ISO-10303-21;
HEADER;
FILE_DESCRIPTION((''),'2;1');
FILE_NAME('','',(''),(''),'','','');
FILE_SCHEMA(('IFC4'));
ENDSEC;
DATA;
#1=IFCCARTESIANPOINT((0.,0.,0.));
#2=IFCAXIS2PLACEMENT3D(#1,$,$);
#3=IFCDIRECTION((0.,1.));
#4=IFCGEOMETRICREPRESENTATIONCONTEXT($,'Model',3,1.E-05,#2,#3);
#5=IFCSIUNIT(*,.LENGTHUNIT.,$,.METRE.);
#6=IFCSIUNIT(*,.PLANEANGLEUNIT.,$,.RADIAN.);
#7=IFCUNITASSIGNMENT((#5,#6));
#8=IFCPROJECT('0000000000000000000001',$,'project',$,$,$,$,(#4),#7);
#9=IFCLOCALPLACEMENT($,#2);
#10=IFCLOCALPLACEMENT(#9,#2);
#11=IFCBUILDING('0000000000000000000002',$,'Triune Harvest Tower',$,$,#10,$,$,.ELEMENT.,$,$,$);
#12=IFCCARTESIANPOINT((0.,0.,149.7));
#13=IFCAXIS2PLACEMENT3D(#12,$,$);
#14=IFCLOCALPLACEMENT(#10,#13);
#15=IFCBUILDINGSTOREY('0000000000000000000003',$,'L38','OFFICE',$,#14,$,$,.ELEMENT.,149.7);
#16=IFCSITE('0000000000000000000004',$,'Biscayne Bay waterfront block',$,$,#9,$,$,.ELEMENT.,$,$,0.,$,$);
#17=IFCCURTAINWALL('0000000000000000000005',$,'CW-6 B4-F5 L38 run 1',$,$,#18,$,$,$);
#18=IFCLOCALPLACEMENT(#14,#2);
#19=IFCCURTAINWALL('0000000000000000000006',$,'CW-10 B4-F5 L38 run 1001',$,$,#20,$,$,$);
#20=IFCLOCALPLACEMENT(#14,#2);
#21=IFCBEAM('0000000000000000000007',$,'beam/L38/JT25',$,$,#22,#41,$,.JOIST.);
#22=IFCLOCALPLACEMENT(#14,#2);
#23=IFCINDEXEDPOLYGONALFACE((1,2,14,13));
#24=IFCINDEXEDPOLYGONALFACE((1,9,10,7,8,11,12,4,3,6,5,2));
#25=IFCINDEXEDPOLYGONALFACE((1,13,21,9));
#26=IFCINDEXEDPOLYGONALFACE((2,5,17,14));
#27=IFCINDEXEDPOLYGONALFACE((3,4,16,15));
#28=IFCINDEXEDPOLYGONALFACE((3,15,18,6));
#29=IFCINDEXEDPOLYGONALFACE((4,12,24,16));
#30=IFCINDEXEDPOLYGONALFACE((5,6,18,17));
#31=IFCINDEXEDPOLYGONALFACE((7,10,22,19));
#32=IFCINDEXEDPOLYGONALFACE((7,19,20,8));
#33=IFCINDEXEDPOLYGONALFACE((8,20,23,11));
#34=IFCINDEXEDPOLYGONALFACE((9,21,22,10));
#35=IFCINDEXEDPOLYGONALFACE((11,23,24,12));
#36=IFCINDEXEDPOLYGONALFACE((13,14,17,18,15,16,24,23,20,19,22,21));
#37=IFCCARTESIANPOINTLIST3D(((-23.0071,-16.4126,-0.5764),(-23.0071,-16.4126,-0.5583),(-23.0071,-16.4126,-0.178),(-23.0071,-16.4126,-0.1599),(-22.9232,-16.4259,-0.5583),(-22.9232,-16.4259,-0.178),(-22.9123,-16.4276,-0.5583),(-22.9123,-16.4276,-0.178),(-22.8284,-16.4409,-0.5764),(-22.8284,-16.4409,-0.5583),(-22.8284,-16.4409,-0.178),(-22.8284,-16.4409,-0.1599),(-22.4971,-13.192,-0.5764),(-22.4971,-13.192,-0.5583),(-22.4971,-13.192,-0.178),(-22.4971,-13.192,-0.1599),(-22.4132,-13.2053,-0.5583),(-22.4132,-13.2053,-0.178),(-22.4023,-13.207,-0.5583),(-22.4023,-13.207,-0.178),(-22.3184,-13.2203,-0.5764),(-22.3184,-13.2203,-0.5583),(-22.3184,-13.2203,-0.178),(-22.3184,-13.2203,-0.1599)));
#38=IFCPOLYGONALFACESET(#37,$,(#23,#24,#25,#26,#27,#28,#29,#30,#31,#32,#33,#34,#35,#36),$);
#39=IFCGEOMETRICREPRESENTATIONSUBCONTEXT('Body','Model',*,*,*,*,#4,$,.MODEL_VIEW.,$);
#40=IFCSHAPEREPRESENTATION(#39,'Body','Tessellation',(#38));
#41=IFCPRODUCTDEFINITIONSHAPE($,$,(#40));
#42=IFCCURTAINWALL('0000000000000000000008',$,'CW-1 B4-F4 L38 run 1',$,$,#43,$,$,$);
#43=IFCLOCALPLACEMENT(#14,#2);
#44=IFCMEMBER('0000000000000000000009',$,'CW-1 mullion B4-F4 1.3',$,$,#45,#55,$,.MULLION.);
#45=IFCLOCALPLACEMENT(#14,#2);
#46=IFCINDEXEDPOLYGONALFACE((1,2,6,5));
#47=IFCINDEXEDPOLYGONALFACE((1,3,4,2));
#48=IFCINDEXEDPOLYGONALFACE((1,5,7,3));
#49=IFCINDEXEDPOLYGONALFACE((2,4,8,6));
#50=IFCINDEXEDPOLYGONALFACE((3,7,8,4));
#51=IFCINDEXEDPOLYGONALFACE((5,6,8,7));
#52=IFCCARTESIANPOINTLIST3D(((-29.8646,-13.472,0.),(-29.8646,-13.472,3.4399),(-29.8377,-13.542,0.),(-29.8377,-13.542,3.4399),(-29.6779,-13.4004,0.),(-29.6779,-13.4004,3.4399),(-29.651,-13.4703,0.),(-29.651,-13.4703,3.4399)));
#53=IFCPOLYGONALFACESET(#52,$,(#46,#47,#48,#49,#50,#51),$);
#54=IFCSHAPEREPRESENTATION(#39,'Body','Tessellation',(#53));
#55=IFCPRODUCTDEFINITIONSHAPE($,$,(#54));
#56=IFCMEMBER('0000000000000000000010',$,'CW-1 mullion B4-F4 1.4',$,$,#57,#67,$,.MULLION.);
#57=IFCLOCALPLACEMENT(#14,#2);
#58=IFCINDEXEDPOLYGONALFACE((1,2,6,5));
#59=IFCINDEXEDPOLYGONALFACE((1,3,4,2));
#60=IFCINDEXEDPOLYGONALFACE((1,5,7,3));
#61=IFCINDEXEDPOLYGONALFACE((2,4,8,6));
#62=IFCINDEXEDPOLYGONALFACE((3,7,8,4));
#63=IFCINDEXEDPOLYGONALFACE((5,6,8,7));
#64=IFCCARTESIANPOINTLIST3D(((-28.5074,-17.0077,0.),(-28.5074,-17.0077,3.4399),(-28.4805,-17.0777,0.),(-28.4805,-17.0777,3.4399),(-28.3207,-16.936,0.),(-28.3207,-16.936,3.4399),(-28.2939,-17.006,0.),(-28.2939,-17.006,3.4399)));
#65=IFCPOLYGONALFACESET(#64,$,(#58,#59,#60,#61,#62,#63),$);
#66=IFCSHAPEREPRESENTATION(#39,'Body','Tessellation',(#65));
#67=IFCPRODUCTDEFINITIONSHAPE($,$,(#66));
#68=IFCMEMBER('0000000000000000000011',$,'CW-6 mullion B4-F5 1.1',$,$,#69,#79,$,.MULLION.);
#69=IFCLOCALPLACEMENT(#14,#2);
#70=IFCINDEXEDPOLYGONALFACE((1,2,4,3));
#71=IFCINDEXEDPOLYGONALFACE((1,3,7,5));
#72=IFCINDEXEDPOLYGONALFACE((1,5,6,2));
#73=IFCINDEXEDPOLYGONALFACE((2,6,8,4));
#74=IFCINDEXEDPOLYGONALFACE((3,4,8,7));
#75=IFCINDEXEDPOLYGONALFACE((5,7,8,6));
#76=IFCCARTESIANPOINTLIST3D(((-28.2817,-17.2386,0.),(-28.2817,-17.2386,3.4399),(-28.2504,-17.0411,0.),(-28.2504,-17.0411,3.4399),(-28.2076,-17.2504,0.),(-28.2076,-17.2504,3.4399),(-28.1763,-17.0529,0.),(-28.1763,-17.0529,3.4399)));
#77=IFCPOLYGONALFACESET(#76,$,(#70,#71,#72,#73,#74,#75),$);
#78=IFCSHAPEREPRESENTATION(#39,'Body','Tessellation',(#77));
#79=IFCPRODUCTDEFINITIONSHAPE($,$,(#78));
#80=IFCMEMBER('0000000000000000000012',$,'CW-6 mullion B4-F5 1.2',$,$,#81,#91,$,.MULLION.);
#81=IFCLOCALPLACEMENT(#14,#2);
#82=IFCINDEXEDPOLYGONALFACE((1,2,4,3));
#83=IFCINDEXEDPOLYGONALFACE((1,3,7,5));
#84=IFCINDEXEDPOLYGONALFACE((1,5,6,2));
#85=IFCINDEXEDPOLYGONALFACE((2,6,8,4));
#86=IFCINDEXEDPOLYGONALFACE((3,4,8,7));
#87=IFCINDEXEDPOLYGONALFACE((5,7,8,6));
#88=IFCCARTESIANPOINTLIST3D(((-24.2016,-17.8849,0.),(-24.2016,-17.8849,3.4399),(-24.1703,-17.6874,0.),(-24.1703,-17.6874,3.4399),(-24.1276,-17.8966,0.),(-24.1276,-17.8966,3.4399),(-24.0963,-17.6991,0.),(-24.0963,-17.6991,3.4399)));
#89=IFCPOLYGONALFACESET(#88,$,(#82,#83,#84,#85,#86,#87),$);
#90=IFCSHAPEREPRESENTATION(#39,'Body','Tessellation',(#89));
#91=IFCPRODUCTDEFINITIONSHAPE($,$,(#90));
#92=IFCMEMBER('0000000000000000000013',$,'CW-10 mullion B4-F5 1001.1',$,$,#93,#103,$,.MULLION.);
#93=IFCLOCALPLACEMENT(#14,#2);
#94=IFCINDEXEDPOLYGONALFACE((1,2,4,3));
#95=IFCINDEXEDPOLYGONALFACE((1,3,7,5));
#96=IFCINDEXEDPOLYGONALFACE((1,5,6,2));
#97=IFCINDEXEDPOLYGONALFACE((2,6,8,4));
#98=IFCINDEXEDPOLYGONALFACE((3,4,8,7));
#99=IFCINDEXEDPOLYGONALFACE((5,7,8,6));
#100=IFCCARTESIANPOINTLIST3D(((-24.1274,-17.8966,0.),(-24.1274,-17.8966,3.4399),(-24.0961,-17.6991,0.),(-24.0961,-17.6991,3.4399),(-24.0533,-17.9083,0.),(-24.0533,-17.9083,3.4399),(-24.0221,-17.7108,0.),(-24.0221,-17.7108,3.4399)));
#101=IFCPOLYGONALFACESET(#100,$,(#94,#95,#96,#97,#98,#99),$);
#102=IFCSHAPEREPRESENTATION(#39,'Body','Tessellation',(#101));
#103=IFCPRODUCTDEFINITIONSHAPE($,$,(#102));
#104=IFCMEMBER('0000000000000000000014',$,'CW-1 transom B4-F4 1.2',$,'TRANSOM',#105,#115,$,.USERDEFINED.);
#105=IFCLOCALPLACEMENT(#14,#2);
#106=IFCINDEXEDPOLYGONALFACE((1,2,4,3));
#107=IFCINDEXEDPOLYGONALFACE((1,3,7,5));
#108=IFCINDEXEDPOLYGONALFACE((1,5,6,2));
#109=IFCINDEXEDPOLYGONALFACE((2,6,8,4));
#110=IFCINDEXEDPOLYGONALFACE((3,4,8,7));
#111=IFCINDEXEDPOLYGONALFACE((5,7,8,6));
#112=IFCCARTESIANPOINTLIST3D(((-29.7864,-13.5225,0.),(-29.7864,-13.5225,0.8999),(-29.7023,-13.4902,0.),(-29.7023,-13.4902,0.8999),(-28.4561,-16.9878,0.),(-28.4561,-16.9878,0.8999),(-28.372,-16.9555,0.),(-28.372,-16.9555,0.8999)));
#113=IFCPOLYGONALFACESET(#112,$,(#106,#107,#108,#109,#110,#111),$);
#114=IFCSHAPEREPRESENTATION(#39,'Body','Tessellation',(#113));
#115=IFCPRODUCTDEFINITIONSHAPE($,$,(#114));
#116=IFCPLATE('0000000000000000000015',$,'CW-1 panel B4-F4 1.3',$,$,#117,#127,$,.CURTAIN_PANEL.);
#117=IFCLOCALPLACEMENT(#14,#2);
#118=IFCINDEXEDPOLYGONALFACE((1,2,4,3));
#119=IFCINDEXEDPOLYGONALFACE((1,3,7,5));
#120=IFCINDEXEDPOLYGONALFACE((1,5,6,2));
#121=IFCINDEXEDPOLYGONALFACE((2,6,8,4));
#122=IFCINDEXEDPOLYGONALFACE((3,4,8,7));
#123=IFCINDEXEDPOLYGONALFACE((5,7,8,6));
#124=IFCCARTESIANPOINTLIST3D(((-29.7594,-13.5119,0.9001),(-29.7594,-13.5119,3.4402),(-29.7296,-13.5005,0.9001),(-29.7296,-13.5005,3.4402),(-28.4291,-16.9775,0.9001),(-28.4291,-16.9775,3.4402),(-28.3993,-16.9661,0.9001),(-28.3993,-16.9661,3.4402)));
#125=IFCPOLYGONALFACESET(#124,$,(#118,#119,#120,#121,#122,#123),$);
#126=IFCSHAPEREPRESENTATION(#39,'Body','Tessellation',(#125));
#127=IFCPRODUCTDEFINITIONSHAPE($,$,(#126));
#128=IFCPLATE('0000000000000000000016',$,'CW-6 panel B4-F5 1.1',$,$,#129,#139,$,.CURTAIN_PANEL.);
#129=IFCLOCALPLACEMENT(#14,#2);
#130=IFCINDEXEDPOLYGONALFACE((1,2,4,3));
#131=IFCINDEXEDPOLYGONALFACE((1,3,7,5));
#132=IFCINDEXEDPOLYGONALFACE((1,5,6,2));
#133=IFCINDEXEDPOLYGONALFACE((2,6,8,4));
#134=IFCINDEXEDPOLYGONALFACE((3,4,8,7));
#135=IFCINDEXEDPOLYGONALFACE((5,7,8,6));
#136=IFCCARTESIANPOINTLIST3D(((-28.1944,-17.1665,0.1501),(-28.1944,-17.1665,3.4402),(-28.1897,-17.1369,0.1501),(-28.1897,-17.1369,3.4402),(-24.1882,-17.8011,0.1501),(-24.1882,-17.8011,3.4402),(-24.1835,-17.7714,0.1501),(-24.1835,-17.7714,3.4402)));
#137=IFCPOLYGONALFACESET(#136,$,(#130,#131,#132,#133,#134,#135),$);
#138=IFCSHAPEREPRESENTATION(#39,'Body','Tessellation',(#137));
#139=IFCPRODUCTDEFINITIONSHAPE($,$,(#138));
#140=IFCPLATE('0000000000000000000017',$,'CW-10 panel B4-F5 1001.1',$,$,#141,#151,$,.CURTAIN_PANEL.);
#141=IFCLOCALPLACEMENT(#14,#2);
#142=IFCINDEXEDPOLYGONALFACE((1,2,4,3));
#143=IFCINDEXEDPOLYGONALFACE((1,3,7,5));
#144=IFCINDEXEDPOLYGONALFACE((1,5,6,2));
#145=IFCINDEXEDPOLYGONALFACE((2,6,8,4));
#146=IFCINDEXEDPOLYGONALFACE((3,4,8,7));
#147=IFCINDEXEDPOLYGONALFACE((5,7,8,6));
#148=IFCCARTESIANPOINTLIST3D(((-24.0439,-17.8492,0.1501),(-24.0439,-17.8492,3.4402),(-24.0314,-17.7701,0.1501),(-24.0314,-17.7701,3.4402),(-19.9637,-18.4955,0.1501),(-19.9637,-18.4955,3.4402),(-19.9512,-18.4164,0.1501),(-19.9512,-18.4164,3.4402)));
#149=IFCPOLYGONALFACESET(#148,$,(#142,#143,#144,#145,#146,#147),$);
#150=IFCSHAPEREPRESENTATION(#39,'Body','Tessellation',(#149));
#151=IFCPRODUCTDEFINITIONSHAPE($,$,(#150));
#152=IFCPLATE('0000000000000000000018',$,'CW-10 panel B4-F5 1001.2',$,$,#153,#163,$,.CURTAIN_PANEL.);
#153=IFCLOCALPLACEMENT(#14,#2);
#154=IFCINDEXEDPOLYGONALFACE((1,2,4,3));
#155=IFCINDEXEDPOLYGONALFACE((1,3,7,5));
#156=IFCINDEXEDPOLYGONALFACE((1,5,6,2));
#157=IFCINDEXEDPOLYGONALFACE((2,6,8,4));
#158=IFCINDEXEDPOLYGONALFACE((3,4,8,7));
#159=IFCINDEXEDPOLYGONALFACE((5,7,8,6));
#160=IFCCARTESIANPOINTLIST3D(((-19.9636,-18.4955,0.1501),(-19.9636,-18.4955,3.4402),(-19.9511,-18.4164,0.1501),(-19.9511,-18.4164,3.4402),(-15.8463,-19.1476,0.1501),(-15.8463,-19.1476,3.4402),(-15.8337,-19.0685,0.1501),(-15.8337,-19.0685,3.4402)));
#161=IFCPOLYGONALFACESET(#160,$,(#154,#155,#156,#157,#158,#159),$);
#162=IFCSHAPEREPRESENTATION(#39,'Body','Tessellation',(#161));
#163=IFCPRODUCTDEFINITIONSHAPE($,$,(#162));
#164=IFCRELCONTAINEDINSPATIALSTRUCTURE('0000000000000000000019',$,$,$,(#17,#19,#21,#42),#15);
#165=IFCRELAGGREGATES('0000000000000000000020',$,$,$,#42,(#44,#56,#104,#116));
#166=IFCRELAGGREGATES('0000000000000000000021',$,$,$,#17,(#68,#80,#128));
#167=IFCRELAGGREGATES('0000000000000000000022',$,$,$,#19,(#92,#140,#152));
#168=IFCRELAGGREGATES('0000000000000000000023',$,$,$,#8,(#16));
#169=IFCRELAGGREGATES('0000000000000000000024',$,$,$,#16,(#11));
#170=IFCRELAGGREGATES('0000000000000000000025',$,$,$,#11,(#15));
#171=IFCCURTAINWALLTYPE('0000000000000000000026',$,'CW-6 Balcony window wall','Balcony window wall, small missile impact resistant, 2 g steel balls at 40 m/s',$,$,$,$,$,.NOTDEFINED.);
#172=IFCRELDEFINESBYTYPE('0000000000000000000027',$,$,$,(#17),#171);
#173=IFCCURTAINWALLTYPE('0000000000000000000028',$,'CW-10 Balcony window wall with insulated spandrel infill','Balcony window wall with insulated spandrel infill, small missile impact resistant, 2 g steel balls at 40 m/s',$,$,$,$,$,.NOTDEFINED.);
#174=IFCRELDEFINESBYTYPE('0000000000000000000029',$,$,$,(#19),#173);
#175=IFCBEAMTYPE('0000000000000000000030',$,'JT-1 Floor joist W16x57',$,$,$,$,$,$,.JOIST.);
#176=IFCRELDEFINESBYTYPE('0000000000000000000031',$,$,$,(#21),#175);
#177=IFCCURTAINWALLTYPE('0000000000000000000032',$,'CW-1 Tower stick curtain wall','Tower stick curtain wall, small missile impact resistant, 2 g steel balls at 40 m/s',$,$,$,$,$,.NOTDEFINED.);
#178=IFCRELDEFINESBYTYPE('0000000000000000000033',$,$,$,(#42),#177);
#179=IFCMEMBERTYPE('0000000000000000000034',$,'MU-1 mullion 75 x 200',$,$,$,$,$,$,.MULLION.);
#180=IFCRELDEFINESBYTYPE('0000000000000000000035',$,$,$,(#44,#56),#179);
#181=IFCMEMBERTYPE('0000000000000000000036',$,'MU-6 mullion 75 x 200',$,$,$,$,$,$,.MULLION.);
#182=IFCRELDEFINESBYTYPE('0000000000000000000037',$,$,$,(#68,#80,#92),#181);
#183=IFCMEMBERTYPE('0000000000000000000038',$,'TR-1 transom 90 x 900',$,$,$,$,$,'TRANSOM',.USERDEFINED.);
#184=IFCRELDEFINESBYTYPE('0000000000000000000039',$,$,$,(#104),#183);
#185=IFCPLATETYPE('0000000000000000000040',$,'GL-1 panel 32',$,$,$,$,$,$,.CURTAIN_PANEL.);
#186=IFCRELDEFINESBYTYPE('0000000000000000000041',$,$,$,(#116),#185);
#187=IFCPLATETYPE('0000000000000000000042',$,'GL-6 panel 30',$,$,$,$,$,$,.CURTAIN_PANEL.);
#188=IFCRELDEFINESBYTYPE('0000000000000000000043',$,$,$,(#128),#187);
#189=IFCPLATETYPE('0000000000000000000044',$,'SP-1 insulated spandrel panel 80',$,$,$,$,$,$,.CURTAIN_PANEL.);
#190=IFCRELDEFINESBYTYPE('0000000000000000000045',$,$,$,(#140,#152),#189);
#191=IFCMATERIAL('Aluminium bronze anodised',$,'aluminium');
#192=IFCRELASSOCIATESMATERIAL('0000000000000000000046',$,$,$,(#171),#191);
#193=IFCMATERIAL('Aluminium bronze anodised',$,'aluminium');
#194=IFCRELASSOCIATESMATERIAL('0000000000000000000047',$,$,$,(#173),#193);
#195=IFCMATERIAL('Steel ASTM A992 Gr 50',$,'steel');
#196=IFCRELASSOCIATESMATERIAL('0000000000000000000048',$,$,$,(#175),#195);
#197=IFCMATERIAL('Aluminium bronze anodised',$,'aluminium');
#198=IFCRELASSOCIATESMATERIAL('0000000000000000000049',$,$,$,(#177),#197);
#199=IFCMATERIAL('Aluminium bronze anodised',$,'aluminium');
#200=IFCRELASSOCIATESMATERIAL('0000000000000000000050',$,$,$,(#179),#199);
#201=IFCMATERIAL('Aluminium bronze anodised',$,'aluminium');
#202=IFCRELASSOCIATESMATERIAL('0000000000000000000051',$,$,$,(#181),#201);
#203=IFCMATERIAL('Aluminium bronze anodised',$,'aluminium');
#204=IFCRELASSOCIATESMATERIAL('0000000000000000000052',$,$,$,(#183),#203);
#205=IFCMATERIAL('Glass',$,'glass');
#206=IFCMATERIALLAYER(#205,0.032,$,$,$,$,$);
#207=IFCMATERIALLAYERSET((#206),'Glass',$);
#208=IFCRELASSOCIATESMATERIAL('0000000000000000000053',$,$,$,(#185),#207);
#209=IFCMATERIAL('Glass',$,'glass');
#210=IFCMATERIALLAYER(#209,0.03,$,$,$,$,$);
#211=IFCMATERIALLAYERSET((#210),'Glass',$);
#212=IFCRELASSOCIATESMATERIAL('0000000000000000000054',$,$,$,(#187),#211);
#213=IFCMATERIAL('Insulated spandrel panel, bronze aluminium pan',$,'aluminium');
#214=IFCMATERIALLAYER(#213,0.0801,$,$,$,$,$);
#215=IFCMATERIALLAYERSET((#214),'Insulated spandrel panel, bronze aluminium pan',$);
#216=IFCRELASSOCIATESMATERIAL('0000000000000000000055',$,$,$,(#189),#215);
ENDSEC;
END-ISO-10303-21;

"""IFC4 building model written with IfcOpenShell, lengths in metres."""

from ifc_helpers import new_model, si_unit, direction, frame, origin, origin_2d, place, context, subcontext, project, spatial, rectangle, i_section, extrude, source, transform, mapped, material, layer, layer_set, material_profile, profile_set, type_object, element, aggregate, save


model = new_model("IFC4")

# Units and contexts
model_context = context("Model", 3, precision=1e-05, world=origin(), true_north=direction((0.0, 1.0)))
body_context = subcontext(model_context, "Body", "Model", "MODEL_VIEW")
ifc_project = project(units=[si_unit("LENGTHUNIT", "METRE"), si_unit("PLANEANGLEUNIT", "RADIAN")], contexts=[model_context])

# Site, building, storey
site_placement = place(None, origin())
site = spatial("IfcSite", under=ifc_project, at=site_placement, Name="Biscayne Bay waterfront block", CompositionType="ELEMENT", RefElevation=0.0)
building_placement = place(site_placement, origin())
building = spatial("IfcBuilding", under=site, at=building_placement, Name="Triune Harvest Tower", CompositionType="ELEMENT")
storey_placement = place(building_placement, frame((0.0, 0.0, 149.7)))
storey = spatial("IfcBuildingStorey", under=building, at=storey_placement, Name="L38", Description="OFFICE", CompositionType="ELEMENT", Elevation=149.7)

# Curtain walls
ifc_material_1 = material(Name="Aluminium bronze anodised", Category="aluminium")
curtain_wall_type_1 = type_object("IfcCurtainWallType", Name="CW-6 Balcony window wall", Description="Balcony window wall, small missile impact resistant, 2 g steel balls at 40 m/s", PredefinedType="NOTDEFINED", material=ifc_material_1)
curtain_wall_1_placement = place(storey_placement, origin())
curtain_wall_1 = element("IfcCurtainWall", 1, at=curtain_wall_1_placement, inside=storey, type_object=curtain_wall_type_1, Name="CW-6 B4-F5 L38 run 1")
ifc_material_2 = material(Name="Aluminium bronze anodised", Category="aluminium")
curtain_wall_type_2 = type_object("IfcCurtainWallType", Name="CW-10 Balcony window wall with insulated spandrel infill", Description="Balcony window wall with insulated spandrel infill, small missile impact resistant, 2 g steel balls at 40 m/s", PredefinedType="NOTDEFINED", material=ifc_material_2)
curtain_wall_2_placement = place(storey_placement, origin())
curtain_wall_2 = element("IfcCurtainWall", 2, at=curtain_wall_2_placement, inside=storey, type_object=curtain_wall_type_2, Name="CW-10 B4-F5 L38 run 1001")

# Beam
ifc_material_3 = material(Name="Steel ASTM A992 Gr 50", Category="steel")
ifc_material_profile_1 = material_profile(ifc_material_3, i_section(OverallWidth=0.1809, OverallDepth=0.4165, WebThickness=0.011, FlangeThickness=0.0181, at=origin_2d()), Name="W16x57")
ifc_profile_set_1 = profile_set([ifc_material_profile_1], Name="Steel ASTM A992 Gr 50")
beam_type_1 = type_object("IfcBeamType", Name="JT-1 Floor joist W16x57", PredefinedType="JOIST", material=ifc_profile_set_1)
shared_shape_1 = source(origin(), body_context, "Body", "SweptSolid", [
    extrude(i_section(OverallWidth=0.1809, OverallDepth=0.4165, WebThickness=0.011, FlangeThickness=0.0181, at=origin_2d()), origin(), (0.0, 0.0, 1.0), 3.2607),
])
beam_1_placement = place(storey_placement, frame((-22.9177, -16.4268, -0.3682), z_axis=(0.156405, 0.987693, 0.0), x_axis=(-0.987693, 0.156405, 0.0)))
element("IfcBeam", 3, at=beam_1_placement, inside=storey, type_object=beam_type_1, Name="beam/L38/JT25", PredefinedType="JOIST", context=body_context, shape_type="MappedRepresentation", body=[
    mapped(shared_shape_1, transform((0.0, 0.0, 0.0), scale=1.0)),
])

# Curtain wall, members
ifc_material_4 = material(Name="Aluminium bronze anodised", Category="aluminium")
curtain_wall_type_3 = type_object("IfcCurtainWallType", Name="CW-1 Tower stick curtain wall", Description="Tower stick curtain wall, small missile impact resistant, 2 g steel balls at 40 m/s", PredefinedType="NOTDEFINED", material=ifc_material_4)
curtain_wall_3_placement = place(storey_placement, origin())
curtain_wall_3 = element("IfcCurtainWall", 4, at=curtain_wall_3_placement, inside=storey, type_object=curtain_wall_type_3, Name="CW-1 B4-F4 L38 run 1")
ifc_material_5 = material(Name="Aluminium bronze anodised", Category="aluminium")
ifc_material_profile_2 = material_profile(ifc_material_5, rectangle(XDim=0.2, YDim=0.075, at=origin_2d()), Name="MU-1 mullion 75 x 200")
ifc_profile_set_2 = profile_set([ifc_material_profile_2], Name="Aluminium bronze anodised")
member_type_1 = type_object("IfcMemberType", Name="MU-1 mullion 75 x 200", PredefinedType="MULLION", material=ifc_profile_set_2)
shared_shape_2 = source(origin(), body_context, "Body", "SweptSolid", [
    extrude(rectangle(XDim=0.2, YDim=0.075, at=origin_2d()), origin(), (0.0, 0.0, 1.0), 3.4399),
])
member_1_placement = place(storey_placement, frame((-29.7578, -13.4712, 0.0), z_axis=(0.0, 0.0, 1.0), x_axis=(0.93358, 0.358369, 0.0)))
member_1 = element("IfcMember", 5, at=member_1_placement, type_object=member_type_1, Name="CW-1 mullion B4-F4 1.3", PredefinedType="MULLION", context=body_context, shape_type="MappedRepresentation", body=[
    mapped(shared_shape_2, transform((0.0, 0.0, 0.0), scale=1.0)),
])
member_2_placement = place(storey_placement, frame((-28.4006, -17.0068, 0.0), z_axis=(0.0, 0.0, 1.0), x_axis=(0.93358, 0.358369, 0.0)))
member_2 = element("IfcMember", 6, at=member_2_placement, type_object=member_type_1, Name="CW-1 mullion B4-F4 1.4", PredefinedType="MULLION", context=body_context, shape_type="MappedRepresentation", body=[
    mapped(shared_shape_2, transform((0.0, 0.0, 0.0), scale=1.0)),
])

# Members
ifc_material_6 = material(Name="Aluminium bronze anodised", Category="aluminium")
ifc_material_profile_3 = material_profile(ifc_material_6, rectangle(XDim=0.2, YDim=0.075, at=origin_2d()), Name="MU-6 mullion 75 x 200")
ifc_profile_set_3 = profile_set([ifc_material_profile_3], Name="Aluminium bronze anodised")
member_type_2 = type_object("IfcMemberType", Name="MU-6 mullion 75 x 200", PredefinedType="MULLION", material=ifc_profile_set_3)
shared_shape_3 = source(origin(), body_context, "Body", "SweptSolid", [
    extrude(rectangle(XDim=0.2, YDim=0.075, at=origin_2d()), origin(), (0.0, 0.0, 1.0), 3.4399),
])
member_3_placement = place(storey_placement, frame((-28.229, -17.1458, 0.0), z_axis=(0.0, 0.0, 1.0), x_axis=(0.156444, 0.987687, 0.0)))
member_3 = element("IfcMember", 7, at=member_3_placement, type_object=member_type_2, Name="CW-6 mullion B4-F5 1.1", PredefinedType="MULLION", context=body_context, shape_type="MappedRepresentation", body=[
    mapped(shared_shape_3, transform((0.0, 0.0, 0.0), scale=1.0)),
])
member_4_placement = place(storey_placement, frame((-24.1489, -17.792, 0.0), z_axis=(0.0, 0.0, 1.0), x_axis=(0.156444, 0.987687, 0.0)))
member_4 = element("IfcMember", 8, at=member_4_placement, type_object=member_type_2, Name="CW-6 mullion B4-F5 1.2", PredefinedType="MULLION", context=body_context, shape_type="MappedRepresentation", body=[
    mapped(shared_shape_3, transform((0.0, 0.0, 0.0), scale=1.0)),
])
member_5_placement = place(storey_placement, frame((-24.0747, -17.8037, 0.0), z_axis=(0.0, 0.0, 1.0), x_axis=(0.156433, 0.987689, 0.0)))
member_5 = element("IfcMember", 9, at=member_5_placement, type_object=member_type_2, Name="CW-10 mullion B4-F5 1001.1", PredefinedType="MULLION", context=body_context, shape_type="MappedRepresentation", body=[
    mapped(shared_shape_3, transform((0.0, 0.0, 0.0), scale=1.0)),
])
ifc_material_7 = material(Name="Aluminium bronze anodised", Category="aluminium")
ifc_material_profile_4 = material_profile(ifc_material_7, rectangle(XDim=0.0901, YDim=0.8999, at=origin_2d()), Name="TR-1 transom 90 x 900")
ifc_profile_set_4 = profile_set([ifc_material_profile_4], Name="Aluminium bronze anodised")
member_type_3 = type_object("IfcMemberType", Name="TR-1 transom 90 x 900", ElementType="TRANSOM", PredefinedType="USERDEFINED", material=ifc_profile_set_4)
shared_shape_4 = source(origin(), body_context, "Body", "SweptSolid", [
    extrude(rectangle(XDim=0.0901, YDim=0.8999, at=origin_2d()), origin(), (0.0, 0.0, 1.0), 3.7119),
])
member_6_placement = place(storey_placement, frame((-29.7444, -13.5063, 0.45), z_axis=(0.358393, -0.933571, 0.0), x_axis=(0.933571, 0.358393, 0.0)))
member_6 = element("IfcMember", 10, at=member_6_placement, type_object=member_type_3, Name="CW-1 transom B4-F4 1.2", ObjectType="TRANSOM", PredefinedType="USERDEFINED", context=body_context, shape_type="MappedRepresentation", body=[
    mapped(shared_shape_4, transform((0.0, 0.0, 0.0), scale=1.0)),
])

# Plates
ifc_material_8 = material(Name="Glass", Category="glass")
ifc_layer_1 = layer(ifc_material_8, 0.032)
ifc_layer_set_1 = layer_set([ifc_layer_1], Name="Glass")
plate_type_1 = type_object("IfcPlateType", Name="GL-1 panel 32", PredefinedType="CURTAIN_PANEL", material=ifc_layer_set_1)
shared_shape_5 = source(origin(), body_context, "Body", "SweptSolid", [
    extrude(rectangle(XDim=3.7122, YDim=0.032, at=origin_2d()), origin(), (0.0, 0.0, 1.0), 2.54),
])
plate_1_placement = place(storey_placement, frame((-29.0793, -15.239, 0.9001), z_axis=(0.0, 0.0, 1.0), x_axis=(0.358369, -0.93358, 0.0)))
plate_1 = element("IfcPlate", 11, at=plate_1_placement, type_object=plate_type_1, Name="CW-1 panel B4-F4 1.3", PredefinedType="CURTAIN_PANEL", context=body_context, shape_type="MappedRepresentation", body=[
    mapped(shared_shape_5, transform((0.0, 0.0, 0.0), scale=1.0)),
])
aggregate(curtain_wall_3, [member_1, member_2, member_6, plate_1])
ifc_material_9 = material(Name="Glass", Category="glass")
ifc_layer_2 = layer(ifc_material_9, 0.03)
ifc_layer_set_2 = layer_set([ifc_layer_2], Name="Glass")
plate_type_2 = type_object("IfcPlateType", Name="GL-6 panel 30", PredefinedType="CURTAIN_PANEL", material=ifc_layer_set_2)
shared_shape_6 = source(origin(), body_context, "Body", "SweptSolid", [
    extrude(rectangle(XDim=4.0562, YDim=0.03, at=origin_2d()), origin(), (0.0, 0.0, 1.0), 3.29),
])
plate_2_placement = place(storey_placement, frame((-26.189, -17.469, 0.1501), z_axis=(0.0, 0.0, 1.0), x_axis=(0.987687, -0.156444, 0.0)))
plate_2 = element("IfcPlate", 12, at=plate_2_placement, type_object=plate_type_2, Name="CW-6 panel B4-F5 1.1", PredefinedType="CURTAIN_PANEL", context=body_context, shape_type="MappedRepresentation", body=[
    mapped(shared_shape_6, transform((0.0, 0.0, 0.0), scale=1.0)),
])
aggregate(curtain_wall_1, [member_3, member_4, plate_2])
ifc_material_10 = material(Name="Insulated spandrel panel, bronze aluminium pan", Category="aluminium")
ifc_layer_3 = layer(ifc_material_10, 0.0801)
ifc_layer_set_3 = layer_set([ifc_layer_3], Name="Insulated spandrel panel, bronze aluminium pan")
plate_type_3 = type_object("IfcPlateType", Name="SP-1 insulated spandrel panel 80", PredefinedType="CURTAIN_PANEL", material=ifc_layer_set_3)
shared_shape_7 = source(origin(), body_context, "Body", "SweptSolid", [
    extrude(rectangle(XDim=4.1311, YDim=0.0801, at=origin_2d()), origin(), (0.0, 0.0, 1.0), 3.29),
])
plate_3_placement = place(storey_placement, frame((-21.9976, -18.1328, 0.1501), z_axis=(0.0, 0.0, 1.0), x_axis=(0.987689, -0.156433, 0.0)))
plate_3 = element("IfcPlate", 13, at=plate_3_placement, type_object=plate_type_3, Name="CW-10 panel B4-F5 1001.1", PredefinedType="CURTAIN_PANEL", context=body_context, shape_type="MappedRepresentation", body=[
    mapped(shared_shape_7, transform((0.0, 0.0, 0.0), scale=1.0)),
])
shared_shape_8 = source(origin(), body_context, "Body", "SweptSolid", [
    extrude(rectangle(XDim=4.1687, YDim=0.0801, at=origin_2d()), origin(), (0.0, 0.0, 1.0), 3.29),
])
plate_4_placement = place(storey_placement, frame((-17.8987, -18.782, 0.1501), z_axis=(0.0, 0.0, 1.0), x_axis=(0.987689, -0.156433, 0.0)))
plate_4 = element("IfcPlate", 14, at=plate_4_placement, type_object=plate_type_3, Name="CW-10 panel B4-F5 1001.2", PredefinedType="CURTAIN_PANEL", context=body_context, shape_type="MappedRepresentation", body=[
    mapped(shared_shape_8, transform((0.0, 0.0, 0.0), scale=1.0)),
])
aggregate(curtain_wall_2, [member_5, plate_3, plate_4])

save(model, "model.ifc")
